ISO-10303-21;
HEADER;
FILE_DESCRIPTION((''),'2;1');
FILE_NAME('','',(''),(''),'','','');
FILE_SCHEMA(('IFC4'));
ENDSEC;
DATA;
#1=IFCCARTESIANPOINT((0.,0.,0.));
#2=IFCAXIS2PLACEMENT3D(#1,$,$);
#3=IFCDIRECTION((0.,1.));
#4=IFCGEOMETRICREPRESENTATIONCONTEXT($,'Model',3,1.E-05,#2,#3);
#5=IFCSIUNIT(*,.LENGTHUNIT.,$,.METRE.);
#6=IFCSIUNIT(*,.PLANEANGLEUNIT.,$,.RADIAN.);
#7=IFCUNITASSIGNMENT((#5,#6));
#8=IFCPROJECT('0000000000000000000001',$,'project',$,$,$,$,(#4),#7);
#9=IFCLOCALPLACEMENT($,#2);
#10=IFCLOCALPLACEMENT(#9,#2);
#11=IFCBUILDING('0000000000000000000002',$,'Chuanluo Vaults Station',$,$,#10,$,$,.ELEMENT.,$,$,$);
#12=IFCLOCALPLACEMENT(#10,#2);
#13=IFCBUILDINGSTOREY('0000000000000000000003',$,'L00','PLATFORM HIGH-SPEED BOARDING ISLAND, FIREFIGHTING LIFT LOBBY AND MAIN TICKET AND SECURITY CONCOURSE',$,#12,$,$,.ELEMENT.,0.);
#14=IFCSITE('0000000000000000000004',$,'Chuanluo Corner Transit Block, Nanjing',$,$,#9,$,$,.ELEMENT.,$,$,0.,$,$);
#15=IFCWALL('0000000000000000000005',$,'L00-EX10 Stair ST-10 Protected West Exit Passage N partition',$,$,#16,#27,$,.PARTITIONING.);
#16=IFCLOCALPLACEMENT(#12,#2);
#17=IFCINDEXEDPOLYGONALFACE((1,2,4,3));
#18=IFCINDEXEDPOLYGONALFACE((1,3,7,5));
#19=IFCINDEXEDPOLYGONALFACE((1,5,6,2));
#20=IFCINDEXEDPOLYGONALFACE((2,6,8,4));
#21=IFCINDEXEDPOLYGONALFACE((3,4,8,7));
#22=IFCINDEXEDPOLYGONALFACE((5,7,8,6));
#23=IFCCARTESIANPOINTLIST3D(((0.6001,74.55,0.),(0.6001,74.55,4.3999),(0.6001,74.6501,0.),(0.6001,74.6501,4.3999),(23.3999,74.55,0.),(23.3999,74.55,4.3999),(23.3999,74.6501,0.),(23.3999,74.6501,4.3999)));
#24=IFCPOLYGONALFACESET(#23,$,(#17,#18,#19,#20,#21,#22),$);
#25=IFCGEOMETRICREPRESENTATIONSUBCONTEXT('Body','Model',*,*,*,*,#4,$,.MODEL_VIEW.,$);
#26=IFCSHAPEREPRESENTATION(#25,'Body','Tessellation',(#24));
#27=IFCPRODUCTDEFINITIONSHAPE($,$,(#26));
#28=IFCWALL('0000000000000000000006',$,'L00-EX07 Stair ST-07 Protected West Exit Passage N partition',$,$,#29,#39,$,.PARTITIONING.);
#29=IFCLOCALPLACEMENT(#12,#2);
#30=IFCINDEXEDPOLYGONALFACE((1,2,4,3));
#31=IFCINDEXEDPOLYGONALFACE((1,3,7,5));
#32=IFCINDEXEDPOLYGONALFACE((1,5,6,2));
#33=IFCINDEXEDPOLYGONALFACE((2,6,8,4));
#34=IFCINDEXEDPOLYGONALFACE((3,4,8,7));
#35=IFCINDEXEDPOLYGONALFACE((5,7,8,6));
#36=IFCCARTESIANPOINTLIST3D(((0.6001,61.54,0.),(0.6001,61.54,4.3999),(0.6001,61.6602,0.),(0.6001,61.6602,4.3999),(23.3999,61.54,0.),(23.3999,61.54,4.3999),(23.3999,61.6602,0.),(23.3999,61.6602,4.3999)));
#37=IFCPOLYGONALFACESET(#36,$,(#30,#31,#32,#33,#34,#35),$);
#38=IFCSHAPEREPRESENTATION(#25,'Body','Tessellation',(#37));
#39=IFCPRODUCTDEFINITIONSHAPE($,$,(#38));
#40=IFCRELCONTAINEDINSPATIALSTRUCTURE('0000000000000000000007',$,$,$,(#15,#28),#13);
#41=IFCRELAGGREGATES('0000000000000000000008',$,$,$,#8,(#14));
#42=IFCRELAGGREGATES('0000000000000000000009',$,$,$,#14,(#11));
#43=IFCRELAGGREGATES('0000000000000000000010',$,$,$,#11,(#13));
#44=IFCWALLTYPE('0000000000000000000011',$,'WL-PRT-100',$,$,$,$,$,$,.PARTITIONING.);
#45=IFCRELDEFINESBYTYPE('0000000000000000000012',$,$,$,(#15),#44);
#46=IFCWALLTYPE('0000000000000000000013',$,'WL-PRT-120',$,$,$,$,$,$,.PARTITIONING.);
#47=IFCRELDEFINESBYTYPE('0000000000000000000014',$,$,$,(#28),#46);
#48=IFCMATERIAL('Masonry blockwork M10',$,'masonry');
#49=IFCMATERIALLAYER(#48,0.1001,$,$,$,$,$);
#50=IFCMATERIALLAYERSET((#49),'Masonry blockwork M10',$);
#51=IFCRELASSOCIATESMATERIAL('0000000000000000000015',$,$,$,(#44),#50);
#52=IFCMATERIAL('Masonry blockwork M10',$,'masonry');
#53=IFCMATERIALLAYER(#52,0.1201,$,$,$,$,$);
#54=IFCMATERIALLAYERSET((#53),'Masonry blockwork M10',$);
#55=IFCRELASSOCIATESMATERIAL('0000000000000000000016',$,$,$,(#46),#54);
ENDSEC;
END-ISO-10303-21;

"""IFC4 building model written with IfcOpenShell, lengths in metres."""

from ifc_helpers import new_model, si_unit, direction, frame, frame_2d, origin, place, context, subcontext, project, spatial, rectangle, extrude, material, layer, layer_set, type_object, element, save


model = new_model("IFC4")

# Units and contexts
model_context = context("Model", 3, precision=1e-05, world=origin(), true_north=direction((0.0, 1.0)))
body_context = subcontext(model_context, "Body", "Model", "MODEL_VIEW")
ifc_project = project(units=[si_unit("LENGTHUNIT", "METRE"), si_unit("PLANEANGLEUNIT", "RADIAN")], contexts=[model_context])

# Site, building, storey
site_placement = place(None, origin())
site = spatial("IfcSite", under=ifc_project, at=site_placement, Name="Chuanluo Corner Transit Block, Nanjing", CompositionType="ELEMENT", RefElevation=0.0)
building_placement = place(site_placement, origin())
building = spatial("IfcBuilding", under=site, at=building_placement, Name="Chuanluo Vaults Station", CompositionType="ELEMENT")
storey_placement = place(building_placement, origin())
storey = spatial("IfcBuildingStorey", under=building, at=storey_placement, Name="L00", Description="PLATFORM HIGH-SPEED BOARDING ISLAND, FIREFIGHTING LIFT LOBBY AND MAIN TICKET AND SECURITY CONCOURSE", CompositionType="ELEMENT", Elevation=0.0)

# Walls
ifc_material_1 = material(Name="Masonry blockwork M10", Category="masonry")
ifc_layer_1 = layer(ifc_material_1, 0.1001)
ifc_layer_set_1 = layer_set([ifc_layer_1], Name="Masonry blockwork M10")
wall_type_1 = type_object("IfcWallType", Name="WL-PRT-100", PredefinedType="PARTITIONING", material=ifc_layer_set_1)
wall_1_placement = place(storey_placement, frame((0.6001, 74.6001, 0.0), z_axis=(0.0, 0.0, 1.0), x_axis=(1.0, 0.0, 0.0)))
element("IfcWall", 1, at=wall_1_placement, inside=storey, type_object=wall_type_1, Name="L00-EX10 Stair ST-10 Protected West Exit Passage N partition", PredefinedType="PARTITIONING", context=body_context, shape_type="SweptSolid", body=[
    extrude(rectangle(XDim=22.7998, YDim=0.1001, at=frame_2d((11.3999, 0.0))), origin(), (0.0, 0.0, 1.0), 4.3999),
])
ifc_material_2 = material(Name="Masonry blockwork M10", Category="masonry")
ifc_layer_2 = layer(ifc_material_2, 0.1201)
ifc_layer_set_2 = layer_set([ifc_layer_2], Name="Masonry blockwork M10")
wall_type_2 = type_object("IfcWallType", Name="WL-PRT-120", PredefinedType="PARTITIONING", material=ifc_layer_set_2)
wall_2_placement = place(storey_placement, frame((0.6001, 61.6001, 0.0), z_axis=(0.0, 0.0, 1.0), x_axis=(1.0, 0.0, 0.0)))
element("IfcWall", 2, at=wall_2_placement, inside=storey, type_object=wall_type_2, Name="L00-EX07 Stair ST-07 Protected West Exit Passage N partition", PredefinedType="PARTITIONING", context=body_context, shape_type="SweptSolid", body=[
    extrude(rectangle(XDim=22.7998, YDim=0.1201, at=frame_2d((11.3999, 0.0))), origin(), (0.0, 0.0, 1.0), 4.3999),
])

save(model, "model.ifc")
